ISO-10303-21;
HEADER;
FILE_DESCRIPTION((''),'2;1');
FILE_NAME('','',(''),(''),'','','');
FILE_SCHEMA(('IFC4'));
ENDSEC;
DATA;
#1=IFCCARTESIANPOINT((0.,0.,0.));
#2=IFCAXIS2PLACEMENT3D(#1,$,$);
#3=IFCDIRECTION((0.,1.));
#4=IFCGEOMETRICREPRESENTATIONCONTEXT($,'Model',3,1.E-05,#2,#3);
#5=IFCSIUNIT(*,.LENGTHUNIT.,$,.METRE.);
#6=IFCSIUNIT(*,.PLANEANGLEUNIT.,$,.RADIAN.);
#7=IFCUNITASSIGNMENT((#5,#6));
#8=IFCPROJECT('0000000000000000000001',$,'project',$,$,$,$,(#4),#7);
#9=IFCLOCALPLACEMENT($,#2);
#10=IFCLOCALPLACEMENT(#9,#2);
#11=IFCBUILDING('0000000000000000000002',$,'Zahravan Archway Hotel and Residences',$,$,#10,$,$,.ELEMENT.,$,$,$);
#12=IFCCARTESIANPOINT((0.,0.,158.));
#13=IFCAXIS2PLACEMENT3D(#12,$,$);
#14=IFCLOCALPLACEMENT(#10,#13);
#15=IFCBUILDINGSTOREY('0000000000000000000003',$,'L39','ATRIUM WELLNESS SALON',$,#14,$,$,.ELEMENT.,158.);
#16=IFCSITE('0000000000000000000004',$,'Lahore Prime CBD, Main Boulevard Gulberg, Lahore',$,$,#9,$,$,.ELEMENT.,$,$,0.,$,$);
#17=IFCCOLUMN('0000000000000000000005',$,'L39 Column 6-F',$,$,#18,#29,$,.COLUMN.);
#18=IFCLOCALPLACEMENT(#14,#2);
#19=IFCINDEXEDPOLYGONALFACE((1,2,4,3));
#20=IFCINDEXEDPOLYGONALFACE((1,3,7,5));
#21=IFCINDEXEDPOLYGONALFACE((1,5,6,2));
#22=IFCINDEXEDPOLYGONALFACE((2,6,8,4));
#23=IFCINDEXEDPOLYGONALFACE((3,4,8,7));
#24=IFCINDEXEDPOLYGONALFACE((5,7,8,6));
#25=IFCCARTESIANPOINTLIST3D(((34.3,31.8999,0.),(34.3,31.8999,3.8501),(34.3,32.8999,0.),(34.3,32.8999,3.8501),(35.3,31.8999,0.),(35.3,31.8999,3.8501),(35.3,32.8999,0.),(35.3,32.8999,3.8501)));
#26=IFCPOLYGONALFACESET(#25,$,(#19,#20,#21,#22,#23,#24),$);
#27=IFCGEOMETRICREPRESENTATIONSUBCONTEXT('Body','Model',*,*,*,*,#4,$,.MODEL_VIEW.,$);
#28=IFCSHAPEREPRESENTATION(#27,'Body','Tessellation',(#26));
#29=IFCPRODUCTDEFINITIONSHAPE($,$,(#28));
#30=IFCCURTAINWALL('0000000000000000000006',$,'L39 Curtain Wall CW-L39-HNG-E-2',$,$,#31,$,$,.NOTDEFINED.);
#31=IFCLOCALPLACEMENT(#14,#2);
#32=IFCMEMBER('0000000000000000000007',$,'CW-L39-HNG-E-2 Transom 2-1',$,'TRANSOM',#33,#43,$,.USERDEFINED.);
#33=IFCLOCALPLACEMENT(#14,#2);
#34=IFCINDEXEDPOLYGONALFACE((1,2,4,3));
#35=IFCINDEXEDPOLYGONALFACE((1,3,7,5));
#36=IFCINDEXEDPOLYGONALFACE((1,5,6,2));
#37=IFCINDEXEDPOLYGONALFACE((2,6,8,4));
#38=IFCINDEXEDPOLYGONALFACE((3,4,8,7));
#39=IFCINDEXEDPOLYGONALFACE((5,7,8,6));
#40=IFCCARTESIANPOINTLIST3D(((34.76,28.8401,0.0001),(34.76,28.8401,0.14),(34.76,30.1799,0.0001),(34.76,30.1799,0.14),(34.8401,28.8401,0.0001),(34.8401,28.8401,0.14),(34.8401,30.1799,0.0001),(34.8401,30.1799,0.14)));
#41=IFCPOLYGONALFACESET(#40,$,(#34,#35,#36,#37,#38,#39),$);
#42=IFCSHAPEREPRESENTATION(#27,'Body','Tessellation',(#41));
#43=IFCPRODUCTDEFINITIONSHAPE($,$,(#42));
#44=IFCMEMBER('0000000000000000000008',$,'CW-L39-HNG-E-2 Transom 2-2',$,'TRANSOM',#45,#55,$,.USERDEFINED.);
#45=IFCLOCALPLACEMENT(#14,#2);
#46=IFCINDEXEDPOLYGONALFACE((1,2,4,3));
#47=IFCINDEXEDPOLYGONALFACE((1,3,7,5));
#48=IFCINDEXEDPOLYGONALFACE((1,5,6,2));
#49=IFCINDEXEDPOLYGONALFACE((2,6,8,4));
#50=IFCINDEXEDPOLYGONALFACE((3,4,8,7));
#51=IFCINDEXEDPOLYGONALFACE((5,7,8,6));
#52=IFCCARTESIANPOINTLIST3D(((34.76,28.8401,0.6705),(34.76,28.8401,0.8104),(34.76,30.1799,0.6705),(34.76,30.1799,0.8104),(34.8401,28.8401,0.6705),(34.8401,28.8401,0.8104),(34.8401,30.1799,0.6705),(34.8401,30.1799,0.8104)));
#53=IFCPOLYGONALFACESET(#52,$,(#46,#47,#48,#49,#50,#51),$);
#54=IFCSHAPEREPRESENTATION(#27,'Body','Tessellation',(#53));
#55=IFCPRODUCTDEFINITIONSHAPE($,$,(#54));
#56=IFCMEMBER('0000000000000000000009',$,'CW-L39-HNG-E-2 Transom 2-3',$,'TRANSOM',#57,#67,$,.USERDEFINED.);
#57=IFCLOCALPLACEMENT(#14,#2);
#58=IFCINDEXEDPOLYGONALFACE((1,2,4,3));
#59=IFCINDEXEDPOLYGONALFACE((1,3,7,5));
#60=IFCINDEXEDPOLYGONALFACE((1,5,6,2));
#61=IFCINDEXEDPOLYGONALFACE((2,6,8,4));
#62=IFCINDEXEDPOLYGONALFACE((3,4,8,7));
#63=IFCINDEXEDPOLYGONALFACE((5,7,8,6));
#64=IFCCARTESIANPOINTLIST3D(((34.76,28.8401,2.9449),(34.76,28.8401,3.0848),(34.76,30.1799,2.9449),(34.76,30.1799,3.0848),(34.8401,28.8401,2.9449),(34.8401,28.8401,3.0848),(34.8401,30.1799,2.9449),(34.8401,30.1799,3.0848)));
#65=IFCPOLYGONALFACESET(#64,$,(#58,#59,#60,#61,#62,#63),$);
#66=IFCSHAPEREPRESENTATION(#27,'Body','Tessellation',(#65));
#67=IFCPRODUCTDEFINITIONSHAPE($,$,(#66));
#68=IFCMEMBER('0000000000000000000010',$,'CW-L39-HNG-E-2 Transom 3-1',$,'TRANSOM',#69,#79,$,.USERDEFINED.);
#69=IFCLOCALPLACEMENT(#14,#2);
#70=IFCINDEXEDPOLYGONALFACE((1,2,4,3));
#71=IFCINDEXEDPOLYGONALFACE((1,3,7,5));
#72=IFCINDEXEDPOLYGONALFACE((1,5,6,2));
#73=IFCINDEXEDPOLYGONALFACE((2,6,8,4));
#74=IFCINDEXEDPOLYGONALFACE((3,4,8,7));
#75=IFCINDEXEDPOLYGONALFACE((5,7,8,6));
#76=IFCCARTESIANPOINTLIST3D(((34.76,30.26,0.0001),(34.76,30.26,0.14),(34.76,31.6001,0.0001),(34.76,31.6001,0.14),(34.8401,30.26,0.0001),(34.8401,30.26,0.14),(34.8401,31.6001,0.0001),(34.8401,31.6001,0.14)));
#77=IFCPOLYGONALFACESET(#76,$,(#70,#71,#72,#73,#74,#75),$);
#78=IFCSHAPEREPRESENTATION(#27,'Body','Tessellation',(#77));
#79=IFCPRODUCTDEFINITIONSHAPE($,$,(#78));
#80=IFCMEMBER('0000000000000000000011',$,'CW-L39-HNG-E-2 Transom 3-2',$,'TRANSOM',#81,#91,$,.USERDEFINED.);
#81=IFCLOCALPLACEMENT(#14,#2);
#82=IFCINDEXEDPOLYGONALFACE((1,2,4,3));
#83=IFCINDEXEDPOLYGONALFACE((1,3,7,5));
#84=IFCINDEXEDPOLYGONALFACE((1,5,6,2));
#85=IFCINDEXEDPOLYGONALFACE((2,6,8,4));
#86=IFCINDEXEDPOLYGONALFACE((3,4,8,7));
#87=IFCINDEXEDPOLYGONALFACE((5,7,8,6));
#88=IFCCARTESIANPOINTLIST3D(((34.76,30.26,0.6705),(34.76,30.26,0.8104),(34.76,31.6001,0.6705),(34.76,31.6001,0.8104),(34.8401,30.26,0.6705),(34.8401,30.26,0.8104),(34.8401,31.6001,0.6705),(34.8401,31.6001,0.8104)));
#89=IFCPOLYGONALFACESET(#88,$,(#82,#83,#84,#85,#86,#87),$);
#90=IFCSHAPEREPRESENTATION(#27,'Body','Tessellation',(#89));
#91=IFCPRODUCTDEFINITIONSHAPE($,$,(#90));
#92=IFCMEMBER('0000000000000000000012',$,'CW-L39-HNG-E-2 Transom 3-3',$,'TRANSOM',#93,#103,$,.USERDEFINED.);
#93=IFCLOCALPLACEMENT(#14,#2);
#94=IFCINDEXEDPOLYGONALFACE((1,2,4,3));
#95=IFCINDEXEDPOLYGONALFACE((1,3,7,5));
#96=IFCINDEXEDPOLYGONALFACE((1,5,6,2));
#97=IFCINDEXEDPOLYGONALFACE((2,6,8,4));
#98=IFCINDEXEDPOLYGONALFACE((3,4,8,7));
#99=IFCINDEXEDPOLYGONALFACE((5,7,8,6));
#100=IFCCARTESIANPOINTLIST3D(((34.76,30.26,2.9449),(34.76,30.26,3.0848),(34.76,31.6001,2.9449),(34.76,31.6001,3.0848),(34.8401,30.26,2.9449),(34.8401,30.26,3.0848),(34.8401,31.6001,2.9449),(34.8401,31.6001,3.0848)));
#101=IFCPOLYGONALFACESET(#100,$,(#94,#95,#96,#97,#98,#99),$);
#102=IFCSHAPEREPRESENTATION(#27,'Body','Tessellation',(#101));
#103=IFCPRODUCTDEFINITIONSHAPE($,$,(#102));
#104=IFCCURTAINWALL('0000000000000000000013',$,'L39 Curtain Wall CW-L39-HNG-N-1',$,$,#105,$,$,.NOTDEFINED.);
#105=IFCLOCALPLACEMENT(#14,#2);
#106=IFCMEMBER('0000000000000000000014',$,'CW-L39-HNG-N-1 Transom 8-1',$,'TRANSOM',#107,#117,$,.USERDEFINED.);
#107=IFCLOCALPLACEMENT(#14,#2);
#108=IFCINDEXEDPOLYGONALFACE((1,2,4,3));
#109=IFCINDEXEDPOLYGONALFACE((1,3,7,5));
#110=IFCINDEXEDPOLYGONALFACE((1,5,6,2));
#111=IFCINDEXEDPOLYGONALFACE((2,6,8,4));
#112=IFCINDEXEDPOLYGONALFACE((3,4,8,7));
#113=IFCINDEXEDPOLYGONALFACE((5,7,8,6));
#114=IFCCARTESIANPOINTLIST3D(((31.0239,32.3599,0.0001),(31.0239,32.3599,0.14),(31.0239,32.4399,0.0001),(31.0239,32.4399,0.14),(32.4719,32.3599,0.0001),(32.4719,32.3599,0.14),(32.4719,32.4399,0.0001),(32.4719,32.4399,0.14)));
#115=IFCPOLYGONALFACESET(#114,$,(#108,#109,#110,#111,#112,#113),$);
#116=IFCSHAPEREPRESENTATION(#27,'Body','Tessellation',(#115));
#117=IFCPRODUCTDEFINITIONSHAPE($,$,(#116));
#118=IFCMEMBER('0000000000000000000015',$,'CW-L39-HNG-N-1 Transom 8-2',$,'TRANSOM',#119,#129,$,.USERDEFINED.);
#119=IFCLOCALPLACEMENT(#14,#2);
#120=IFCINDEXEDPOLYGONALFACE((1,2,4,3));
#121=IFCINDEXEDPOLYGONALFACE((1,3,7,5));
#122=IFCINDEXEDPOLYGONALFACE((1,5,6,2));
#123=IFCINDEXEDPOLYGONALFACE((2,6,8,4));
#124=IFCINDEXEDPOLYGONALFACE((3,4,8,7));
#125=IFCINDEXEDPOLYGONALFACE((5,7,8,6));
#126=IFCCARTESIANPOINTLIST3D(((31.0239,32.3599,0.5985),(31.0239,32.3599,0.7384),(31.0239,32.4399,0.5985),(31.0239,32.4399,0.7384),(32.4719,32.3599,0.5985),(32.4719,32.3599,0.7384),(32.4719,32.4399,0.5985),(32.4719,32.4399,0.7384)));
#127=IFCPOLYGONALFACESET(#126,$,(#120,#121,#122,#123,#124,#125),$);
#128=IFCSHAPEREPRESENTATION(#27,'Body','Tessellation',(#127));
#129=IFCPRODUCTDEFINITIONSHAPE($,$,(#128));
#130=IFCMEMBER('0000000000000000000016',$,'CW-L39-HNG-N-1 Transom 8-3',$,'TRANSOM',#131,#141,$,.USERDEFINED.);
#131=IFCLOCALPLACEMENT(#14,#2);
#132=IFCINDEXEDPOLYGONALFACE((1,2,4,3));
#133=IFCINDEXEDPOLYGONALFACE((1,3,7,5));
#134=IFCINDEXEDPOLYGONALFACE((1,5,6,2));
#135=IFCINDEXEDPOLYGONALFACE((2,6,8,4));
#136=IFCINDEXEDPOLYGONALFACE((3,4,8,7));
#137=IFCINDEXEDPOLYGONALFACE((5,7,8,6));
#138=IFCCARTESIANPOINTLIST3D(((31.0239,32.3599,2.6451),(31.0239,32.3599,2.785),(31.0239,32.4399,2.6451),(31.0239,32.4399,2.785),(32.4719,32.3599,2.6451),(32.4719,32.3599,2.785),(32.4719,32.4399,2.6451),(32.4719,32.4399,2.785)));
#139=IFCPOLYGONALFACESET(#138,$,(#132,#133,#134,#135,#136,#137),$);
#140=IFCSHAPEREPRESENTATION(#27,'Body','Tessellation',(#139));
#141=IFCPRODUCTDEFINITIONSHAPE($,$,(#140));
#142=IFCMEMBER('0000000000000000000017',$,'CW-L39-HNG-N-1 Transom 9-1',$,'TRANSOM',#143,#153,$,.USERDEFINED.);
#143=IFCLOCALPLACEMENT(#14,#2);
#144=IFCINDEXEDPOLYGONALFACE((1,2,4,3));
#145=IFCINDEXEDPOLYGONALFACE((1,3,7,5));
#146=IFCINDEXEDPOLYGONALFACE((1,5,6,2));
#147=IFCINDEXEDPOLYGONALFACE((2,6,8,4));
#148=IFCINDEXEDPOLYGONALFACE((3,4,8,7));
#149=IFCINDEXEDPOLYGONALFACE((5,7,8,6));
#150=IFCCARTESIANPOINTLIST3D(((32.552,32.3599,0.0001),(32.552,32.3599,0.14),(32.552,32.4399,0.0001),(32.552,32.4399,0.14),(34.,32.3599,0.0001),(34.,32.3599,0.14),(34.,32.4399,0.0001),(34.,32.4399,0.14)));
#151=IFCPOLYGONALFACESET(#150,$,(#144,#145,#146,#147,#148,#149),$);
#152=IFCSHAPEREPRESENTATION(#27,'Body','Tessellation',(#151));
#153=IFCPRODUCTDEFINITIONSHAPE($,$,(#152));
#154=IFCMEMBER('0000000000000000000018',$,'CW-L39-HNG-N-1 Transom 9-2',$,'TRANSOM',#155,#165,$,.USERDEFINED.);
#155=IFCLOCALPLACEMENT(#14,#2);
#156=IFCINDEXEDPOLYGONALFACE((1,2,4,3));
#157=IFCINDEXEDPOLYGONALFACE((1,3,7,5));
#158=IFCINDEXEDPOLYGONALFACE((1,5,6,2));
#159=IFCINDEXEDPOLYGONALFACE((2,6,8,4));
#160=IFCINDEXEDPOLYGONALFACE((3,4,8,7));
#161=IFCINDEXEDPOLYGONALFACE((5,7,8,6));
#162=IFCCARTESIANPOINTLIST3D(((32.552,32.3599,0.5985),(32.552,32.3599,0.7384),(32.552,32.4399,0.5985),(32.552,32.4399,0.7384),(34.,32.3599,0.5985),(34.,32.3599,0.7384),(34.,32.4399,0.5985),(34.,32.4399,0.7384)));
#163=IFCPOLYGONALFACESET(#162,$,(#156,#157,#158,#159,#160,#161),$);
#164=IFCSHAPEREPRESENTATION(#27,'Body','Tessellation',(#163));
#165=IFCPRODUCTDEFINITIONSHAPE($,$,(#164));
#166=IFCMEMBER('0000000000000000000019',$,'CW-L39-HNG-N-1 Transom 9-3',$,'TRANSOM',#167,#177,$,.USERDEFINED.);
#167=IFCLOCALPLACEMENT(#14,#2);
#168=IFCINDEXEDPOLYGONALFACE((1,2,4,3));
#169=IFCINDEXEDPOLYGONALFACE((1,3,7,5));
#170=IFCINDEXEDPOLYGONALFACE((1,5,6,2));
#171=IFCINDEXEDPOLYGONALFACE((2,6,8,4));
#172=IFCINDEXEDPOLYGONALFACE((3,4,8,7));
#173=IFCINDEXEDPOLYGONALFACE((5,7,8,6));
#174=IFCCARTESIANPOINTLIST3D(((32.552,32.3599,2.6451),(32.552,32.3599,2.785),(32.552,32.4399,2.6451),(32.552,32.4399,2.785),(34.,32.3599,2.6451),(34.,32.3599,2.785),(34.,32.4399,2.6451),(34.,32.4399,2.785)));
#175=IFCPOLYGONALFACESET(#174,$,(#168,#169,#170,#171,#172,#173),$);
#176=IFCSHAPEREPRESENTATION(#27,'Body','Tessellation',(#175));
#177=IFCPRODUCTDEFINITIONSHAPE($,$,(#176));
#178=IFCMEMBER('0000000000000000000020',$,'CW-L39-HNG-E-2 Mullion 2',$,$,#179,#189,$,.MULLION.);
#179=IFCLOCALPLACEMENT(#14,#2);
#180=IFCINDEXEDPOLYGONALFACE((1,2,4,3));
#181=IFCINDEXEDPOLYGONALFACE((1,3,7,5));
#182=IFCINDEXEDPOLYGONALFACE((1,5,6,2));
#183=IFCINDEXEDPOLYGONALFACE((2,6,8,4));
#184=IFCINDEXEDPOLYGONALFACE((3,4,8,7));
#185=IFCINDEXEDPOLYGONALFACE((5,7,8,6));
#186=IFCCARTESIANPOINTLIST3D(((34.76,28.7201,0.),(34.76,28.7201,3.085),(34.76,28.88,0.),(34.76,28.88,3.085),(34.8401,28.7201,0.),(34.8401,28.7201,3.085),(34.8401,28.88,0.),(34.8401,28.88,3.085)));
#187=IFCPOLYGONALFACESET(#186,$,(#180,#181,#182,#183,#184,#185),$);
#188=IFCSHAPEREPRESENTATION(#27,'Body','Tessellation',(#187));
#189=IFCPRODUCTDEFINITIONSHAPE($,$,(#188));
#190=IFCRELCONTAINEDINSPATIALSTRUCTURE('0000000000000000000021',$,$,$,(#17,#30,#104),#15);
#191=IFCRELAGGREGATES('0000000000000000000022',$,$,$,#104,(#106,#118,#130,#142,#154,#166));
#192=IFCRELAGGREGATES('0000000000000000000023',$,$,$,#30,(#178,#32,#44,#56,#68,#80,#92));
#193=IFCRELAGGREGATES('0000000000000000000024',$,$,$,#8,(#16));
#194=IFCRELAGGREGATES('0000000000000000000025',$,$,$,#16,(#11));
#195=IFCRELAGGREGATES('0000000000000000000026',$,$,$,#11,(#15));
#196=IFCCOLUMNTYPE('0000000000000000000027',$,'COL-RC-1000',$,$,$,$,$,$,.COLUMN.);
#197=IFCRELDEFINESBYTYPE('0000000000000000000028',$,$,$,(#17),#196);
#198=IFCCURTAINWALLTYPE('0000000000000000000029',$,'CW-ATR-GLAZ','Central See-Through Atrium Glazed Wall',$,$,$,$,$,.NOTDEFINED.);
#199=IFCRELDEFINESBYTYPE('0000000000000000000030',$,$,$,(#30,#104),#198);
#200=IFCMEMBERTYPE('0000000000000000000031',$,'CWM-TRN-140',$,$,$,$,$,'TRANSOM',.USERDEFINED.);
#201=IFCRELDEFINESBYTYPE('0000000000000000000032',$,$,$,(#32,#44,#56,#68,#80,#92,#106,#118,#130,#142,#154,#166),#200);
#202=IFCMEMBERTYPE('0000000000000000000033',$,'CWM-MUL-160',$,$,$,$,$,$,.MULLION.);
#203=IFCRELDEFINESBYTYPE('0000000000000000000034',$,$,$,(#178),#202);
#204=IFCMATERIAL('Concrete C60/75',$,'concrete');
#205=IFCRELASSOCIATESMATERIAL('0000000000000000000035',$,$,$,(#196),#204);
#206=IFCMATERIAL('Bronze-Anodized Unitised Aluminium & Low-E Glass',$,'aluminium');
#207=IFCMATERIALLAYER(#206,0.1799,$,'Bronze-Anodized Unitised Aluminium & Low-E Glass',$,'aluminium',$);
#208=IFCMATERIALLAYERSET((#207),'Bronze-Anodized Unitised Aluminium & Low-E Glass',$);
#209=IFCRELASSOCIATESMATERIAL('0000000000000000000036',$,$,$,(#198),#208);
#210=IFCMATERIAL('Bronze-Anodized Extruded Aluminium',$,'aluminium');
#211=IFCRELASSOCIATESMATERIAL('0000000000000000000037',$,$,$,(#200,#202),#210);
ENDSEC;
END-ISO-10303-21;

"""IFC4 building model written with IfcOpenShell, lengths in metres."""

from ifc_helpers import new_model, si_unit, direction, frame, origin, origin_2d, place, context, subcontext, project, spatial, rectangle, extrude, source, transform, mapped, material, layer, layer_set, material_profile, profile_set, type_object, element, aggregate, save


model = new_model("IFC4")

# Units and contexts
model_context = context("Model", 3, precision=1e-05, world=origin(), true_north=direction((0.0, 1.0)))
body_context = subcontext(model_context, "Body", "Model", "MODEL_VIEW")
ifc_project = project(units=[si_unit("LENGTHUNIT", "METRE"), si_unit("PLANEANGLEUNIT", "RADIAN")], contexts=[model_context])

# Site, building, storey
site_placement = place(None, origin())
site = spatial("IfcSite", under=ifc_project, at=site_placement, Name="Lahore Prime CBD, Main Boulevard Gulberg, Lahore", CompositionType="ELEMENT", RefElevation=0.0)
building_placement = place(site_placement, origin())
building = spatial("IfcBuilding", under=site, at=building_placement, Name="Zahravan Archway Hotel and Residences", CompositionType="ELEMENT")
storey_placement = place(building_placement, frame((0.0, 0.0, 158.0)))
storey = spatial("IfcBuildingStorey", under=building, at=storey_placement, Name="L39", Description="ATRIUM WELLNESS SALON", CompositionType="ELEMENT", Elevation=158.0)

# Column
ifc_material_1 = material(Name="Concrete C60/75", Category="concrete")
ifc_material_profile_1 = material_profile(ifc_material_1, rectangle(XDim=1.0, YDim=1.0, at=origin_2d()), Name="RC-COL-1000x1000", Category="concrete")
ifc_profile_set_1 = profile_set([ifc_material_profile_1], Name="Concrete C60/75")
column_type = type_object("IfcColumnType", Name="COL-RC-1000", PredefinedType="COLUMN", material=ifc_profile_set_1)
shared_shape_1 = source(origin(), body_context, "Body", "SweptSolid", [
    extrude(rectangle(XDim=1.0, YDim=1.0, at=origin_2d()), origin(), (0.0, 0.0, 1.0), 3.8501),
])
column_placement = place(storey_placement, frame((34.8, 32.3999, 0.0), z_axis=(0.0, 0.0, 1.0), x_axis=(1.0, 0.0, 0.0)))
element("IfcColumn", 1, at=column_placement, inside=storey, type_object=column_type, Name="L39 Column 6-F", PredefinedType="COLUMN", context=body_context, shape_type="MappedRepresentation", body=[
    mapped(shared_shape_1, transform((0.0, 0.0, 0.0), scale=1.0)),
])

# Curtain walls, members
ifc_material_2 = material(Name="Bronze-Anodized Unitised Aluminium & Low-E Glass", Category="aluminium")
ifc_layer_1 = layer(ifc_material_2, 0.1799, Name="Bronze-Anodized Unitised Aluminium & Low-E Glass", Category="aluminium")
ifc_layer_set_1 = layer_set([ifc_layer_1], Name="Bronze-Anodized Unitised Aluminium & Low-E Glass")
curtain_wall_type = type_object("IfcCurtainWallType", Name="CW-ATR-GLAZ", Description="Central See-Through Atrium Glazed Wall", PredefinedType="NOTDEFINED", material=ifc_layer_set_1)
curtain_wall_1_placement = place(storey_placement, origin())
curtain_wall_1 = element("IfcCurtainWall", 2, at=curtain_wall_1_placement, inside=storey, type_object=curtain_wall_type, Name="L39 Curtain Wall CW-L39-HNG-E-2", PredefinedType="NOTDEFINED")
ifc_material_3 = material(Name="Bronze-Anodized Extruded Aluminium", Category="aluminium")
ifc_material_profile_2 = material_profile(ifc_material_3, rectangle(XDim=0.0801, YDim=0.1399, at=origin_2d()), Name="TRN 80x140", Category="aluminium")
ifc_profile_set_2 = profile_set([ifc_material_profile_2], Name="Bronze-Anodized Extruded Aluminium")
member_type_1 = type_object("IfcMemberType", Name="CWM-TRN-140", ElementType="TRANSOM", PredefinedType="USERDEFINED", material=ifc_profile_set_2)
shared_shape_2 = source(origin(), body_context, "Body", "SweptSolid", [
    extrude(rectangle(XDim=0.0801, YDim=0.1399, at=origin_2d()), origin(), (0.0, 0.0, 1.0), 1.3398),
])
member_1_placement = place(storey_placement, frame((34.8, 28.8401, 0.0701), z_axis=(0.0, 1.0, 0.0), x_axis=(-1.0, 0.0, 0.0)))
member_1 = element("IfcMember", 3, at=member_1_placement, type_object=member_type_1, Name="CW-L39-HNG-E-2 Transom 2-1", ObjectType="TRANSOM", PredefinedType="USERDEFINED", context=body_context, shape_type="MappedRepresentation", body=[
    mapped(shared_shape_2, transform((0.0, 0.0, 0.0), scale=1.0)),
])
member_2_placement = place(storey_placement, frame((34.8, 28.8401, 0.7405), z_axis=(0.0, 1.0, 0.0), x_axis=(-1.0, 0.0, 0.0)))
member_2 = element("IfcMember", 4, at=member_2_placement, type_object=member_type_1, Name="CW-L39-HNG-E-2 Transom 2-2", ObjectType="TRANSOM", PredefinedType="USERDEFINED", context=body_context, shape_type="MappedRepresentation", body=[
    mapped(shared_shape_2, transform((0.0, 0.0, 0.0), scale=1.0)),
])
member_3_placement = place(storey_placement, frame((34.8, 28.8401, 3.0149), z_axis=(0.0, 1.0, 0.0), x_axis=(-1.0, 0.0, 0.0)))
member_3 = element("IfcMember", 5, at=member_3_placement, type_object=member_type_1, Name="CW-L39-HNG-E-2 Transom 2-3", ObjectType="TRANSOM", PredefinedType="USERDEFINED", context=body_context, shape_type="MappedRepresentation", body=[
    mapped(shared_shape_2, transform((0.0, 0.0, 0.0), scale=1.0)),
])
shared_shape_3 = source(origin(), body_context, "Body", "SweptSolid", [
    extrude(rectangle(XDim=0.0801, YDim=0.1399, at=origin_2d()), origin(), (0.0, 0.0, 1.0), 1.3401),
])
member_4_placement = place(storey_placement, frame((34.8, 30.26, 0.0701), z_axis=(0.0, 1.0, 0.0), x_axis=(-1.0, 0.0, 0.0)))
member_4 = element("IfcMember", 6, at=member_4_placement, type_object=member_type_1, Name="CW-L39-HNG-E-2 Transom 3-1", ObjectType="TRANSOM", PredefinedType="USERDEFINED", context=body_context, shape_type="MappedRepresentation", body=[
    mapped(shared_shape_3, transform((0.0, 0.0, 0.0), scale=1.0)),
])
member_5_placement = place(storey_placement, frame((34.8, 30.26, 0.7405), z_axis=(0.0, 1.0, 0.0), x_axis=(-1.0, 0.0, 0.0)))
member_5 = element("IfcMember", 7, at=member_5_placement, type_object=member_type_1, Name="CW-L39-HNG-E-2 Transom 3-2", ObjectType="TRANSOM", PredefinedType="USERDEFINED", context=body_context, shape_type="MappedRepresentation", body=[
    mapped(shared_shape_3, transform((0.0, 0.0, 0.0), scale=1.0)),
])
member_6_placement = place(storey_placement, frame((34.8, 30.26, 3.0149), z_axis=(0.0, 1.0, 0.0), x_axis=(-1.0, 0.0, 0.0)))
member_6 = element("IfcMember", 8, at=member_6_placement, type_object=member_type_1, Name="CW-L39-HNG-E-2 Transom 3-3", ObjectType="TRANSOM", PredefinedType="USERDEFINED", context=body_context, shape_type="MappedRepresentation", body=[
    mapped(shared_shape_3, transform((0.0, 0.0, 0.0), scale=1.0)),
])
curtain_wall_2_placement = place(storey_placement, origin())
curtain_wall_2 = element("IfcCurtainWall", 9, at=curtain_wall_2_placement, inside=storey, type_object=curtain_wall_type, Name="L39 Curtain Wall CW-L39-HNG-N-1", PredefinedType="NOTDEFINED")
shared_shape_4 = source(origin(), body_context, "Body", "SweptSolid", [
    extrude(rectangle(XDim=0.0801, YDim=0.1399, at=origin_2d()), origin(), (0.0, 0.0, 1.0), 1.448),
])
member_7_placement = place(storey_placement, frame((31.0239, 32.3999, 0.0701), z_axis=(1.0, 0.0, 0.0), x_axis=(0.0, 1.0, 0.0)))
member_7 = element("IfcMember", 10, at=member_7_placement, type_object=member_type_1, Name="CW-L39-HNG-N-1 Transom 8-1", ObjectType="TRANSOM", PredefinedType="USERDEFINED", context=body_context, shape_type="MappedRepresentation", body=[
    mapped(shared_shape_4, transform((0.0, 0.0, 0.0), scale=1.0)),
])
member_8_placement = place(storey_placement, frame((31.0239, 32.3999, 0.6685), z_axis=(1.0, 0.0, 0.0), x_axis=(0.0, 1.0, 0.0)))
member_8 = element("IfcMember", 11, at=member_8_placement, type_object=member_type_1, Name="CW-L39-HNG-N-1 Transom 8-2", ObjectType="TRANSOM", PredefinedType="USERDEFINED", context=body_context, shape_type="MappedRepresentation", body=[
    mapped(shared_shape_4, transform((0.0, 0.0, 0.0), scale=1.0)),
])
member_9_placement = place(storey_placement, frame((31.0239, 32.3999, 2.7151), z_axis=(1.0, 0.0, 0.0), x_axis=(0.0, 1.0, 0.0)))
member_9 = element("IfcMember", 12, at=member_9_placement, type_object=member_type_1, Name="CW-L39-HNG-N-1 Transom 8-3", ObjectType="TRANSOM", PredefinedType="USERDEFINED", context=body_context, shape_type="MappedRepresentation", body=[
    mapped(shared_shape_4, transform((0.0, 0.0, 0.0), scale=1.0)),
])
member_10_placement = place(storey_placement, frame((32.552, 32.3999, 0.0701), z_axis=(1.0, 0.0, 0.0), x_axis=(0.0, 1.0, 0.0)))
member_10 = element("IfcMember", 13, at=member_10_placement, type_object=member_type_1, Name="CW-L39-HNG-N-1 Transom 9-1", ObjectType="TRANSOM", PredefinedType="USERDEFINED", context=body_context, shape_type="MappedRepresentation", body=[
    mapped(shared_shape_4, transform((0.0, 0.0, 0.0), scale=1.0)),
])
member_11_placement = place(storey_placement, frame((32.552, 32.3999, 0.6685), z_axis=(1.0, 0.0, 0.0), x_axis=(0.0, 1.0, 0.0)))
member_11 = element("IfcMember", 14, at=member_11_placement, type_object=member_type_1, Name="CW-L39-HNG-N-1 Transom 9-2", ObjectType="TRANSOM", PredefinedType="USERDEFINED", context=body_context, shape_type="MappedRepresentation", body=[
    mapped(shared_shape_4, transform((0.0, 0.0, 0.0), scale=1.0)),
])
member_12_placement = place(storey_placement, frame((32.552, 32.3999, 2.7151), z_axis=(1.0, 0.0, 0.0), x_axis=(0.0, 1.0, 0.0)))
member_12 = element("IfcMember", 15, at=member_12_placement, type_object=member_type_1, Name="CW-L39-HNG-N-1 Transom 9-3", ObjectType="TRANSOM", PredefinedType="USERDEFINED", context=body_context, shape_type="MappedRepresentation", body=[
    mapped(shared_shape_4, transform((0.0, 0.0, 0.0), scale=1.0)),
])

# Member
ifc_material_profile_3 = material_profile(ifc_material_3, rectangle(XDim=0.0801, YDim=0.1599, at=origin_2d()), Name="MUL 80x160", Category="aluminium")
ifc_profile_set_3 = profile_set([ifc_material_profile_3], Name="Bronze-Anodized Extruded Aluminium")
member_type_2 = type_object("IfcMemberType", Name="CWM-MUL-160", PredefinedType="MULLION", material=ifc_profile_set_3)
shared_shape_5 = source(origin(), body_context, "Body", "SweptSolid", [
    extrude(rectangle(XDim=0.0801, YDim=0.1599, at=origin_2d()), origin(), (0.0, 0.0, 1.0), 3.085),
])
member_13_placement = place(storey_placement, frame((34.8, 28.8, 0.0), z_axis=(0.0, 0.0, 1.0), x_axis=(1.0, 0.0, 0.0)))
member_13 = element("IfcMember", 16, at=member_13_placement, type_object=member_type_2, Name="CW-L39-HNG-E-2 Mullion 2", PredefinedType="MULLION", context=body_context, shape_type="MappedRepresentation", body=[
    mapped(shared_shape_5, transform((0.0, 0.0, 0.0), scale=1.0)),
])

aggregate(curtain_wall_2, [member_7, member_8, member_9, member_10, member_11, member_12])
aggregate(curtain_wall_1, [member_13, member_1, member_2, member_3, member_4, member_5, member_6])

save(model, "model.ifc")
